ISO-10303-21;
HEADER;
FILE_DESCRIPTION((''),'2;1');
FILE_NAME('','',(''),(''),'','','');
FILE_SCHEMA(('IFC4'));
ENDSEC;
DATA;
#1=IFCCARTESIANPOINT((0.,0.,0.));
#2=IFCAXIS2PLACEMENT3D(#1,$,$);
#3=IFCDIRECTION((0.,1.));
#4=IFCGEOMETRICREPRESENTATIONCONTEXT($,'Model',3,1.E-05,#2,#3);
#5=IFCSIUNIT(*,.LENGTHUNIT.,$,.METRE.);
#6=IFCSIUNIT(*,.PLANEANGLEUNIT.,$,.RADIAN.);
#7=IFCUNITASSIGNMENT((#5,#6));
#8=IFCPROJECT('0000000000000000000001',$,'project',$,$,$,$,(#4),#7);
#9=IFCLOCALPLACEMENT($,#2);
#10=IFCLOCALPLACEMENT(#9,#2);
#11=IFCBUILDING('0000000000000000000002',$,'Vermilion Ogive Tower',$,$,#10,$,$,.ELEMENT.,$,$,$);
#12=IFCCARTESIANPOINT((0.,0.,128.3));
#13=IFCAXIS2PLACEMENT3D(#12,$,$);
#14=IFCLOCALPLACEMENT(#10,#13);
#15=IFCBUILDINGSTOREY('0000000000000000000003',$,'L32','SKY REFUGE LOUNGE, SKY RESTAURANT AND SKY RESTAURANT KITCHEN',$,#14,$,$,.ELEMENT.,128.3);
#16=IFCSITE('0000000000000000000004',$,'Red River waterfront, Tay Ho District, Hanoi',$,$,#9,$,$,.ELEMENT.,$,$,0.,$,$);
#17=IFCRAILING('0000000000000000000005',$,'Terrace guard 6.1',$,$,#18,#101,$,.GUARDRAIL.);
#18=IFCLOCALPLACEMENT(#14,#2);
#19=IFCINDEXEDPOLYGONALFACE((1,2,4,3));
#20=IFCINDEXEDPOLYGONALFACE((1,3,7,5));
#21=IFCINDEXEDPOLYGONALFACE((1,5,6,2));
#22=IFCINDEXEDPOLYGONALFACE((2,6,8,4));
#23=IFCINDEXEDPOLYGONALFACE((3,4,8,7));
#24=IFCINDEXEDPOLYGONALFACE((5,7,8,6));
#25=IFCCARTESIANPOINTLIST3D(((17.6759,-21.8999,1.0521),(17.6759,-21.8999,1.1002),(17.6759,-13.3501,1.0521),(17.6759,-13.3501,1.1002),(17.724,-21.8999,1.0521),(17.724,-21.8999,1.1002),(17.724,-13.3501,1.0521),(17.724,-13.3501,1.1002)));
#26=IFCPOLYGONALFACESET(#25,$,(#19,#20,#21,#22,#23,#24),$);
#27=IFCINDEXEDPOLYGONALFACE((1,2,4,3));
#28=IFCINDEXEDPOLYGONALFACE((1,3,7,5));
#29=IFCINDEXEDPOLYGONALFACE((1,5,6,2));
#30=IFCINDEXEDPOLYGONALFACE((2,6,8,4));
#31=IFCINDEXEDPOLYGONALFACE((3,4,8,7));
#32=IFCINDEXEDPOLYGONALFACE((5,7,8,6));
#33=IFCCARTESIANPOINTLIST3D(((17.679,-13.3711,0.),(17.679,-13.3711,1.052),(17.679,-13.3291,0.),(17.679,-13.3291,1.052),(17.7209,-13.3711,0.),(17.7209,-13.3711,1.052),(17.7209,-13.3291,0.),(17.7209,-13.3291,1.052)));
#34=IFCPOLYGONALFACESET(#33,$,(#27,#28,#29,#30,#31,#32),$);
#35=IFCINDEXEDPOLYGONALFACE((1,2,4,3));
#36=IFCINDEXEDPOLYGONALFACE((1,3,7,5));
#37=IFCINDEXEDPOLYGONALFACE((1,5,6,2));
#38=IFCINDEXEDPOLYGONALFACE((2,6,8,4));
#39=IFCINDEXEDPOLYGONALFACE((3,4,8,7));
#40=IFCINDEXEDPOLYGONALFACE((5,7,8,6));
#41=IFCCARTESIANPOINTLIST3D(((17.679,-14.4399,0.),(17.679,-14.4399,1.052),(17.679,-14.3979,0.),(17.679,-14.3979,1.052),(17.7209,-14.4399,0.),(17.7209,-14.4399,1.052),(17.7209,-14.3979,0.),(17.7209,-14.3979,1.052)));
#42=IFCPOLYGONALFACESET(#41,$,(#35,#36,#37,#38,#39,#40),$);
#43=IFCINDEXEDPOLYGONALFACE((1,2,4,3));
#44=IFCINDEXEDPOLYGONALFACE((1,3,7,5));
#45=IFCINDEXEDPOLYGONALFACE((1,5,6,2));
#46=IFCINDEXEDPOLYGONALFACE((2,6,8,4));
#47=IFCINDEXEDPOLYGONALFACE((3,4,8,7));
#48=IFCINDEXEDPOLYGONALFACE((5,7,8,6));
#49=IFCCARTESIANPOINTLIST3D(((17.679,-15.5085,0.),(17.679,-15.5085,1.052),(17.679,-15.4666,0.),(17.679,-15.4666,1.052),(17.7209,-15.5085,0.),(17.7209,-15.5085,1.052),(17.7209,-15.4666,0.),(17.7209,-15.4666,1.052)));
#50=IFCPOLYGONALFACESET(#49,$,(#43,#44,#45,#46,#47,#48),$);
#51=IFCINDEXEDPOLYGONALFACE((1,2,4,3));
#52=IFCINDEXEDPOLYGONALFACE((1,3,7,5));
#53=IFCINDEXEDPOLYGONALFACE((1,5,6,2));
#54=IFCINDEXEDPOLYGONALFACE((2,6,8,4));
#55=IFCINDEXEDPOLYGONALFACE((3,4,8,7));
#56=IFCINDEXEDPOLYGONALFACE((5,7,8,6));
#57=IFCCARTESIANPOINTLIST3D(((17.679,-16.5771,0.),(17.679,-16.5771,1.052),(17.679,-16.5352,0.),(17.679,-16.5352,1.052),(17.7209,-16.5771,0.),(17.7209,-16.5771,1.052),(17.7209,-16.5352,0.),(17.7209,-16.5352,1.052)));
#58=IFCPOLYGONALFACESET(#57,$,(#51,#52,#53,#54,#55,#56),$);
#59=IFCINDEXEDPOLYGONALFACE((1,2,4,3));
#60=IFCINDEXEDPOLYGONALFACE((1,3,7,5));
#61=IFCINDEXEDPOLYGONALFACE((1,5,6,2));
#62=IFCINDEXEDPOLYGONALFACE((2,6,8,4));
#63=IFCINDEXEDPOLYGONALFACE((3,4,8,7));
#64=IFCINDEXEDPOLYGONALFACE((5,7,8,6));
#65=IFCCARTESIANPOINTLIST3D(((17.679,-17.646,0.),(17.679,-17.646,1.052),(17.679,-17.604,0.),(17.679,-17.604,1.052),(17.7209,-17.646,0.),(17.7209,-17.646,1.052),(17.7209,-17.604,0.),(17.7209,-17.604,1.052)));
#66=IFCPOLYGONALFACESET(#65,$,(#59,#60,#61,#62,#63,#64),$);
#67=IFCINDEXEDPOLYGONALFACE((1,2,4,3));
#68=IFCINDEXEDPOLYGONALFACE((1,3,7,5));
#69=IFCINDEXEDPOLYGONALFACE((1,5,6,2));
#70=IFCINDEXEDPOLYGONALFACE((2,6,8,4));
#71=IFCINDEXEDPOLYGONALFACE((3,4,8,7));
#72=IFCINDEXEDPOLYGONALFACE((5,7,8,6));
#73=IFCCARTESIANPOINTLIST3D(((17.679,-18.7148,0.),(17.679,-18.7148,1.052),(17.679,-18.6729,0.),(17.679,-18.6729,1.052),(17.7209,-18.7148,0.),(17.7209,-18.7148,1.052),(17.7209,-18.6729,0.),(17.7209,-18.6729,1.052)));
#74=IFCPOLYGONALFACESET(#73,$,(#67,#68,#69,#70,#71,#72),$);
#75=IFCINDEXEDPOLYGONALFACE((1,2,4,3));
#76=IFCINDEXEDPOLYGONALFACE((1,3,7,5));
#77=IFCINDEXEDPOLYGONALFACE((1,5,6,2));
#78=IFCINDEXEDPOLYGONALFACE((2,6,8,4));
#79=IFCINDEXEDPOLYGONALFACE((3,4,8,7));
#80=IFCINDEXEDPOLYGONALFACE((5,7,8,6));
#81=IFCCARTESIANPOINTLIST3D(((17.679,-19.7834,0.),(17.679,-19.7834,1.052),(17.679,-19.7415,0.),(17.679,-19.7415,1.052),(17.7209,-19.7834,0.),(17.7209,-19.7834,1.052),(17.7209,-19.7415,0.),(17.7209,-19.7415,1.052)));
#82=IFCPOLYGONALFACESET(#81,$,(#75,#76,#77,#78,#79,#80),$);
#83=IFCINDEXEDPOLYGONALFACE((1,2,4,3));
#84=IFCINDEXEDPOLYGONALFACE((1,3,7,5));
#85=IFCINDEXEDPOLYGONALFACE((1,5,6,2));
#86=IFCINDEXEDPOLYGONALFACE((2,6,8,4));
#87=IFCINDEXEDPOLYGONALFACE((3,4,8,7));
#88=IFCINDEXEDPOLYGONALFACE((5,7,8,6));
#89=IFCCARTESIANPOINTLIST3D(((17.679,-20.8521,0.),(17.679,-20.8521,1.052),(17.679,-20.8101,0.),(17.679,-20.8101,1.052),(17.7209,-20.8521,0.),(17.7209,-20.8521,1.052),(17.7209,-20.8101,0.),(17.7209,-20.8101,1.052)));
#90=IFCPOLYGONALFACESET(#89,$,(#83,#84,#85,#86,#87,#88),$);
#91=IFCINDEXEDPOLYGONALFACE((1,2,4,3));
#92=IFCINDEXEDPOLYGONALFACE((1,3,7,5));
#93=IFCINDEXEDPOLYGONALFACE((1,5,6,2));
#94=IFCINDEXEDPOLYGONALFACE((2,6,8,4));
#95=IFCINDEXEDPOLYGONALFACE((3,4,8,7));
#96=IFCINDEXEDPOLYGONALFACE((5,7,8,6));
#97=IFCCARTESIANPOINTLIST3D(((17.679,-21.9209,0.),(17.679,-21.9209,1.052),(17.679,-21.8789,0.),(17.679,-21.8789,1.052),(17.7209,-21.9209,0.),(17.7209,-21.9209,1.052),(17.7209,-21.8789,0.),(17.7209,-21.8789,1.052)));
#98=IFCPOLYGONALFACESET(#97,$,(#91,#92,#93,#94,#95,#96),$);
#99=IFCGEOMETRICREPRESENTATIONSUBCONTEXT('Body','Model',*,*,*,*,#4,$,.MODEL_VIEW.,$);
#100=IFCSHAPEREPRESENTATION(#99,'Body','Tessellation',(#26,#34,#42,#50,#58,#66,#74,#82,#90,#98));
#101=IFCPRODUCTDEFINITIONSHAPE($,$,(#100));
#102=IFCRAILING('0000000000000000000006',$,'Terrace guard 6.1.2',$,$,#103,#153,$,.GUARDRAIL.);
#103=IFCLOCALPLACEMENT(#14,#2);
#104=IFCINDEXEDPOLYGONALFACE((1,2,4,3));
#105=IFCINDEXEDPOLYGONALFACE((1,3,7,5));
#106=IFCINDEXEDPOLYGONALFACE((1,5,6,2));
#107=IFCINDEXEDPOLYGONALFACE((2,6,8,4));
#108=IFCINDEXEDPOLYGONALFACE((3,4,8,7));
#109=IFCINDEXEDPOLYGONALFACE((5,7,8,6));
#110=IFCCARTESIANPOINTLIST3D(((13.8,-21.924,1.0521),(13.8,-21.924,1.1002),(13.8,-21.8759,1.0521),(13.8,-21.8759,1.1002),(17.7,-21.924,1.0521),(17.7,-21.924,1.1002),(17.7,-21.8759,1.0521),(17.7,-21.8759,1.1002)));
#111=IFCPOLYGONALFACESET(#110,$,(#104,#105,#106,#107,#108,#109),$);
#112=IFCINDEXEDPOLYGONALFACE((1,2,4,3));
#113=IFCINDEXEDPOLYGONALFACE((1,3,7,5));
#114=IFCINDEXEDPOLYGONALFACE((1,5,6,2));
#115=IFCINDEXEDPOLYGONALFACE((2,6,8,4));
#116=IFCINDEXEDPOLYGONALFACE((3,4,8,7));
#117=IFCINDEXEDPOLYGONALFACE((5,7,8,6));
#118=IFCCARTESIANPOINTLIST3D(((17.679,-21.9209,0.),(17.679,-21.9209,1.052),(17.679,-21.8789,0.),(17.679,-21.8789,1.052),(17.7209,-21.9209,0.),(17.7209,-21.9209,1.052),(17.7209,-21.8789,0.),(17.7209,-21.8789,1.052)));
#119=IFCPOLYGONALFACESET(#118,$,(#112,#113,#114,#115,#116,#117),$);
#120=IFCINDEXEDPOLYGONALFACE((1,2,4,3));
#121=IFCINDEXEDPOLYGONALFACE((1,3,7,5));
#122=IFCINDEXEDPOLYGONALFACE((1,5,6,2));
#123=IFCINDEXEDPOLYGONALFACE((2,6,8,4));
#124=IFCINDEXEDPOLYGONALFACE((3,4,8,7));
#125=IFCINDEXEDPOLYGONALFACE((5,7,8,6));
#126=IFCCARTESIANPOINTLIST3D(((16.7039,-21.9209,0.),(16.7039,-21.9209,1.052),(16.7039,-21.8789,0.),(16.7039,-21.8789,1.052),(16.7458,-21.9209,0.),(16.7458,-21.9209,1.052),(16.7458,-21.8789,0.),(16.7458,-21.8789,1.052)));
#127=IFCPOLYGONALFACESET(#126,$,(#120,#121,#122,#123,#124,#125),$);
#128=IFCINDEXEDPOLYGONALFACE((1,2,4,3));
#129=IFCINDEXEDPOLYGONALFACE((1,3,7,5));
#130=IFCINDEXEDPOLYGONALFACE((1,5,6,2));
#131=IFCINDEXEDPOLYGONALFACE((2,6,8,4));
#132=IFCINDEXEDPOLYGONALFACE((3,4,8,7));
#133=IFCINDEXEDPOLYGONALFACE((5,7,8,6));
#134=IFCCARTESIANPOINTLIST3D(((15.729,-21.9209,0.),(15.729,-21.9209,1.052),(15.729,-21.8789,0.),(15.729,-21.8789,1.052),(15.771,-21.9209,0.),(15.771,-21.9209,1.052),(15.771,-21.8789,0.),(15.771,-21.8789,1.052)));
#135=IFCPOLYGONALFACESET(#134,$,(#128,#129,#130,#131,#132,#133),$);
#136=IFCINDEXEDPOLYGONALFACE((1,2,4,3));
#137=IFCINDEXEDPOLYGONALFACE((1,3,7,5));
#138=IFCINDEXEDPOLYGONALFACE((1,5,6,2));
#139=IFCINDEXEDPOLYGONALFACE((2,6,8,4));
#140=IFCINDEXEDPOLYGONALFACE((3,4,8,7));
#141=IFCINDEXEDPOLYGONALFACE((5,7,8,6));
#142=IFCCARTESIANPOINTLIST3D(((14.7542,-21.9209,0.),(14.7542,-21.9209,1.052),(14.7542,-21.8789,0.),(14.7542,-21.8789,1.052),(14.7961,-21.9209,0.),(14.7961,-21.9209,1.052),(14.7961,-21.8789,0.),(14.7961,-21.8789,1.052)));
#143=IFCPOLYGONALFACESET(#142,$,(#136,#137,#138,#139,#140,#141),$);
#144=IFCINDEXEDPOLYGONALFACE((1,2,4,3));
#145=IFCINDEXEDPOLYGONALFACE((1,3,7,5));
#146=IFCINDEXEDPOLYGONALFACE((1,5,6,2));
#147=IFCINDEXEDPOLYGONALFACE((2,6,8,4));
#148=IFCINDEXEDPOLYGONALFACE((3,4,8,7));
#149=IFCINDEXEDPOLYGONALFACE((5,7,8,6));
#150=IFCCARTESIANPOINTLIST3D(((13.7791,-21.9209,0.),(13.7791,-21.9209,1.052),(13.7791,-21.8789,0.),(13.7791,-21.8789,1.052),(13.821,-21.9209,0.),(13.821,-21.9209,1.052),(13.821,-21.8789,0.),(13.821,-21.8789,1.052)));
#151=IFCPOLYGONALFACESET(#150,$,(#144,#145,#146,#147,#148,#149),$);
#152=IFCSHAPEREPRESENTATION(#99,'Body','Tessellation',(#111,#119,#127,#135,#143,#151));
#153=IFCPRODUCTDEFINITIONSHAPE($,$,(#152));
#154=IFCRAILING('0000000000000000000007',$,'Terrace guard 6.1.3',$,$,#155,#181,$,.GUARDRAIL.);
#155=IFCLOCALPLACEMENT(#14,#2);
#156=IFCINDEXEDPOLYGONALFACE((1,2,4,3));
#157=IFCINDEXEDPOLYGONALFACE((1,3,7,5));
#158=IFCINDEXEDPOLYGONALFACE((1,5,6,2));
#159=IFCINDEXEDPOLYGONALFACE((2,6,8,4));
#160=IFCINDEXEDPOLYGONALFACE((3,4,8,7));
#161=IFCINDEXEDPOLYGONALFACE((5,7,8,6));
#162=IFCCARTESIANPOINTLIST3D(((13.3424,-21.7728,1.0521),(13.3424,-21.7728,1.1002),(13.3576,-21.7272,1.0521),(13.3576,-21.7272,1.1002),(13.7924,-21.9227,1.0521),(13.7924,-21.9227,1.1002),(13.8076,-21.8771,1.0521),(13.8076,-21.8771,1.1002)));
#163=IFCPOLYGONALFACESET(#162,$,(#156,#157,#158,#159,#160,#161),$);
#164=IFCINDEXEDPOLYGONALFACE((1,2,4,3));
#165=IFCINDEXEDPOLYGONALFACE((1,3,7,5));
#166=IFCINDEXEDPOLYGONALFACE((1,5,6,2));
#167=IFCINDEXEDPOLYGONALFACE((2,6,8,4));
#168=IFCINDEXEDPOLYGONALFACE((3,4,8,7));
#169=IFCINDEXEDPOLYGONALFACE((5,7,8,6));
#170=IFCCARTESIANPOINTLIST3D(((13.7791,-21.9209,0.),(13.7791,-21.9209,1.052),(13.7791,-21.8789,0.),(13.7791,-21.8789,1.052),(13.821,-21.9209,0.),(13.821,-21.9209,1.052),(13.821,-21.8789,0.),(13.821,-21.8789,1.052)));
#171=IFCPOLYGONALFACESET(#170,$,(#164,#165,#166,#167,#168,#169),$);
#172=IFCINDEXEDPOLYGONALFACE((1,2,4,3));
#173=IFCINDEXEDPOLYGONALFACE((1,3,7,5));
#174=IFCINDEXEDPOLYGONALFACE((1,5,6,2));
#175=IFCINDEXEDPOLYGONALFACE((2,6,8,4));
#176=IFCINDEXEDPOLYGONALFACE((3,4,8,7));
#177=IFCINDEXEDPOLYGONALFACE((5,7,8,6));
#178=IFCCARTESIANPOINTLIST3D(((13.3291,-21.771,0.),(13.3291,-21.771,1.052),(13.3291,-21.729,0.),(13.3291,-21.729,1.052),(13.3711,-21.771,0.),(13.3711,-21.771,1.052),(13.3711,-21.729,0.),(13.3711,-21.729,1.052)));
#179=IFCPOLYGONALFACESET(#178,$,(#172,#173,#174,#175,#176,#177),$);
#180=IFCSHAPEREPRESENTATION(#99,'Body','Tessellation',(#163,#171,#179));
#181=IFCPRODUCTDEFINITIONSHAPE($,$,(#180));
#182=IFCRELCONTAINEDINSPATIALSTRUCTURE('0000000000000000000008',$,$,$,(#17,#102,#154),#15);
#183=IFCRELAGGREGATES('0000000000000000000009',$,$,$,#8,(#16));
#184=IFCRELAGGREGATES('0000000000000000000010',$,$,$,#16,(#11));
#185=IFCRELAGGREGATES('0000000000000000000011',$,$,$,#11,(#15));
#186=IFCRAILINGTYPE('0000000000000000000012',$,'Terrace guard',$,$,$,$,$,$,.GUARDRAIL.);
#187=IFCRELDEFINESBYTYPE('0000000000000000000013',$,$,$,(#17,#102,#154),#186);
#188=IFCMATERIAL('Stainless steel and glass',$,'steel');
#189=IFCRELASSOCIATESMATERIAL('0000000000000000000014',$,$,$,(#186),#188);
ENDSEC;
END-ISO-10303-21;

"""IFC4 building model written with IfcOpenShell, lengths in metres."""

from ifc_helpers import new_model, si_unit, direction, frame, origin, origin_2d, place, context, subcontext, project, spatial, rectangle, extrude, material, type_object, element, save


model = new_model("IFC4")

# Units and contexts
model_context = context("Model", 3, precision=1e-05, world=origin(), true_north=direction((0.0, 1.0)))
body_context = subcontext(model_context, "Body", "Model", "MODEL_VIEW")
ifc_project = project(units=[si_unit("LENGTHUNIT", "METRE"), si_unit("PLANEANGLEUNIT", "RADIAN")], contexts=[model_context])

# Site, building, storey
site_placement = place(None, origin())
site = spatial("IfcSite", under=ifc_project, at=site_placement, Name="Red River waterfront, Tay Ho District, Hanoi", CompositionType="ELEMENT", RefElevation=0.0)
building_placement = place(site_placement, origin())
building = spatial("IfcBuilding", under=site, at=building_placement, Name="Vermilion Ogive Tower", CompositionType="ELEMENT")
storey_placement = place(building_placement, frame((0.0, 0.0, 128.3)))
storey = spatial("IfcBuildingStorey", under=building, at=storey_placement, Name="L32", Description="SKY REFUGE LOUNGE, SKY RESTAURANT AND SKY RESTAURANT KITCHEN", CompositionType="ELEMENT", Elevation=128.3)

# Railings
ifc_material_1 = material(Name="Stainless steel and glass", Category="steel")
railing_type_1 = type_object("IfcRailingType", Name="Terrace guard", PredefinedType="GUARDRAIL", material=ifc_material_1)
railing_1_placement = place(storey_placement, frame((17.7, -13.3501, 0.0)))
element("IfcRailing", 1, at=railing_1_placement, inside=storey, type_object=railing_type_1, Name="Terrace guard 6.1", PredefinedType="GUARDRAIL", context=body_context, shape_type="SweptSolid", body=[
    extrude(rectangle(XDim=0.0481, YDim=0.0481, at=origin_2d()), frame((0.0, 0.0, 1.0762), z_axis=(0.0, -1.0, 0.0), x_axis=(1.0, 0.0, 0.0)), (0.0, 0.0, 1.0), 8.5498),
    extrude(rectangle(XDim=0.042, YDim=0.042, at=origin_2d()), origin(), (0.0, 0.0, 1.0), 1.052),
    extrude(rectangle(XDim=0.042, YDim=0.042, at=origin_2d()), frame((0.0, -1.0688, 0.0)), (0.0, 0.0, 1.0), 1.052),
    extrude(rectangle(XDim=0.042, YDim=0.042, at=origin_2d()), frame((0.0, -2.1375, 0.0)), (0.0, 0.0, 1.0), 1.052),
    extrude(rectangle(XDim=0.042, YDim=0.042, at=origin_2d()), frame((0.0, -3.2061, 0.0)), (0.0, 0.0, 1.0), 1.052),
    extrude(rectangle(XDim=0.042, YDim=0.042, at=origin_2d()), frame((0.0, -4.2749, 0.0)), (0.0, 0.0, 1.0), 1.052),
    extrude(rectangle(XDim=0.042, YDim=0.042, at=origin_2d()), frame((0.0, -5.3438, 0.0)), (0.0, 0.0, 1.0), 1.052),
    extrude(rectangle(XDim=0.042, YDim=0.042, at=origin_2d()), frame((0.0, -6.4124, 0.0)), (0.0, 0.0, 1.0), 1.052),
    extrude(rectangle(XDim=0.042, YDim=0.042, at=origin_2d()), frame((0.0, -7.481, 0.0)), (0.0, 0.0, 1.0), 1.052),
    extrude(rectangle(XDim=0.042, YDim=0.042, at=origin_2d()), frame((0.0, -8.5498, 0.0)), (0.0, 0.0, 1.0), 1.052),
])
railing_2_placement = place(storey_placement, frame((17.7, -21.8999, 0.0)))
element("IfcRailing", 2, at=railing_2_placement, inside=storey, type_object=railing_type_1, Name="Terrace guard 6.1.2", PredefinedType="GUARDRAIL", context=body_context, shape_type="SweptSolid", body=[
    extrude(rectangle(XDim=0.0481, YDim=0.0481, at=origin_2d()), frame((0.0, 0.0, 1.0762), z_axis=(-1.0, 0.0, 0.0), x_axis=(0.0, -1.0, 0.0)), (0.0, 0.0, 1.0), 3.8999),
    extrude(rectangle(XDim=0.042, YDim=0.042, at=origin_2d()), origin(), (0.0, 0.0, 1.0), 1.052),
    extrude(rectangle(XDim=0.042, YDim=0.042, at=origin_2d()), frame((-0.9751, 0.0, 0.0)), (0.0, 0.0, 1.0), 1.052),
    extrude(rectangle(XDim=0.042, YDim=0.042, at=origin_2d()), frame((-1.95, 0.0, 0.0)), (0.0, 0.0, 1.0), 1.052),
    extrude(rectangle(XDim=0.042, YDim=0.042, at=origin_2d()), frame((-2.9248, 0.0, 0.0)), (0.0, 0.0, 1.0), 1.052),
    extrude(rectangle(XDim=0.042, YDim=0.042, at=origin_2d()), frame((-3.8999, 0.0, 0.0)), (0.0, 0.0, 1.0), 1.052),
])
railing_3_placement = place(storey_placement, frame((13.8, -21.8999, 0.0)))
element("IfcRailing", 3, at=railing_3_placement, inside=storey, type_object=railing_type_1, Name="Terrace guard 6.1.3", PredefinedType="GUARDRAIL", context=body_context, shape_type="SweptSolid", body=[
    extrude(rectangle(XDim=0.0481, YDim=0.0481, at=origin_2d()), frame((0.0, 0.0, 1.0762), z_axis=(-0.948735, 0.316073, 0.0), x_axis=(-0.316073, -0.948735, 0.0)), (0.0, 0.0, 1.0), 0.4744),
    extrude(rectangle(XDim=0.042, YDim=0.042, at=origin_2d()), origin(), (0.0, 0.0, 1.0), 1.052),
    extrude(rectangle(XDim=0.042, YDim=0.042, at=origin_2d()), frame((-0.45, 0.1499, 0.0)), (0.0, 0.0, 1.0), 1.052),
])

save(model, "model.ifc")
